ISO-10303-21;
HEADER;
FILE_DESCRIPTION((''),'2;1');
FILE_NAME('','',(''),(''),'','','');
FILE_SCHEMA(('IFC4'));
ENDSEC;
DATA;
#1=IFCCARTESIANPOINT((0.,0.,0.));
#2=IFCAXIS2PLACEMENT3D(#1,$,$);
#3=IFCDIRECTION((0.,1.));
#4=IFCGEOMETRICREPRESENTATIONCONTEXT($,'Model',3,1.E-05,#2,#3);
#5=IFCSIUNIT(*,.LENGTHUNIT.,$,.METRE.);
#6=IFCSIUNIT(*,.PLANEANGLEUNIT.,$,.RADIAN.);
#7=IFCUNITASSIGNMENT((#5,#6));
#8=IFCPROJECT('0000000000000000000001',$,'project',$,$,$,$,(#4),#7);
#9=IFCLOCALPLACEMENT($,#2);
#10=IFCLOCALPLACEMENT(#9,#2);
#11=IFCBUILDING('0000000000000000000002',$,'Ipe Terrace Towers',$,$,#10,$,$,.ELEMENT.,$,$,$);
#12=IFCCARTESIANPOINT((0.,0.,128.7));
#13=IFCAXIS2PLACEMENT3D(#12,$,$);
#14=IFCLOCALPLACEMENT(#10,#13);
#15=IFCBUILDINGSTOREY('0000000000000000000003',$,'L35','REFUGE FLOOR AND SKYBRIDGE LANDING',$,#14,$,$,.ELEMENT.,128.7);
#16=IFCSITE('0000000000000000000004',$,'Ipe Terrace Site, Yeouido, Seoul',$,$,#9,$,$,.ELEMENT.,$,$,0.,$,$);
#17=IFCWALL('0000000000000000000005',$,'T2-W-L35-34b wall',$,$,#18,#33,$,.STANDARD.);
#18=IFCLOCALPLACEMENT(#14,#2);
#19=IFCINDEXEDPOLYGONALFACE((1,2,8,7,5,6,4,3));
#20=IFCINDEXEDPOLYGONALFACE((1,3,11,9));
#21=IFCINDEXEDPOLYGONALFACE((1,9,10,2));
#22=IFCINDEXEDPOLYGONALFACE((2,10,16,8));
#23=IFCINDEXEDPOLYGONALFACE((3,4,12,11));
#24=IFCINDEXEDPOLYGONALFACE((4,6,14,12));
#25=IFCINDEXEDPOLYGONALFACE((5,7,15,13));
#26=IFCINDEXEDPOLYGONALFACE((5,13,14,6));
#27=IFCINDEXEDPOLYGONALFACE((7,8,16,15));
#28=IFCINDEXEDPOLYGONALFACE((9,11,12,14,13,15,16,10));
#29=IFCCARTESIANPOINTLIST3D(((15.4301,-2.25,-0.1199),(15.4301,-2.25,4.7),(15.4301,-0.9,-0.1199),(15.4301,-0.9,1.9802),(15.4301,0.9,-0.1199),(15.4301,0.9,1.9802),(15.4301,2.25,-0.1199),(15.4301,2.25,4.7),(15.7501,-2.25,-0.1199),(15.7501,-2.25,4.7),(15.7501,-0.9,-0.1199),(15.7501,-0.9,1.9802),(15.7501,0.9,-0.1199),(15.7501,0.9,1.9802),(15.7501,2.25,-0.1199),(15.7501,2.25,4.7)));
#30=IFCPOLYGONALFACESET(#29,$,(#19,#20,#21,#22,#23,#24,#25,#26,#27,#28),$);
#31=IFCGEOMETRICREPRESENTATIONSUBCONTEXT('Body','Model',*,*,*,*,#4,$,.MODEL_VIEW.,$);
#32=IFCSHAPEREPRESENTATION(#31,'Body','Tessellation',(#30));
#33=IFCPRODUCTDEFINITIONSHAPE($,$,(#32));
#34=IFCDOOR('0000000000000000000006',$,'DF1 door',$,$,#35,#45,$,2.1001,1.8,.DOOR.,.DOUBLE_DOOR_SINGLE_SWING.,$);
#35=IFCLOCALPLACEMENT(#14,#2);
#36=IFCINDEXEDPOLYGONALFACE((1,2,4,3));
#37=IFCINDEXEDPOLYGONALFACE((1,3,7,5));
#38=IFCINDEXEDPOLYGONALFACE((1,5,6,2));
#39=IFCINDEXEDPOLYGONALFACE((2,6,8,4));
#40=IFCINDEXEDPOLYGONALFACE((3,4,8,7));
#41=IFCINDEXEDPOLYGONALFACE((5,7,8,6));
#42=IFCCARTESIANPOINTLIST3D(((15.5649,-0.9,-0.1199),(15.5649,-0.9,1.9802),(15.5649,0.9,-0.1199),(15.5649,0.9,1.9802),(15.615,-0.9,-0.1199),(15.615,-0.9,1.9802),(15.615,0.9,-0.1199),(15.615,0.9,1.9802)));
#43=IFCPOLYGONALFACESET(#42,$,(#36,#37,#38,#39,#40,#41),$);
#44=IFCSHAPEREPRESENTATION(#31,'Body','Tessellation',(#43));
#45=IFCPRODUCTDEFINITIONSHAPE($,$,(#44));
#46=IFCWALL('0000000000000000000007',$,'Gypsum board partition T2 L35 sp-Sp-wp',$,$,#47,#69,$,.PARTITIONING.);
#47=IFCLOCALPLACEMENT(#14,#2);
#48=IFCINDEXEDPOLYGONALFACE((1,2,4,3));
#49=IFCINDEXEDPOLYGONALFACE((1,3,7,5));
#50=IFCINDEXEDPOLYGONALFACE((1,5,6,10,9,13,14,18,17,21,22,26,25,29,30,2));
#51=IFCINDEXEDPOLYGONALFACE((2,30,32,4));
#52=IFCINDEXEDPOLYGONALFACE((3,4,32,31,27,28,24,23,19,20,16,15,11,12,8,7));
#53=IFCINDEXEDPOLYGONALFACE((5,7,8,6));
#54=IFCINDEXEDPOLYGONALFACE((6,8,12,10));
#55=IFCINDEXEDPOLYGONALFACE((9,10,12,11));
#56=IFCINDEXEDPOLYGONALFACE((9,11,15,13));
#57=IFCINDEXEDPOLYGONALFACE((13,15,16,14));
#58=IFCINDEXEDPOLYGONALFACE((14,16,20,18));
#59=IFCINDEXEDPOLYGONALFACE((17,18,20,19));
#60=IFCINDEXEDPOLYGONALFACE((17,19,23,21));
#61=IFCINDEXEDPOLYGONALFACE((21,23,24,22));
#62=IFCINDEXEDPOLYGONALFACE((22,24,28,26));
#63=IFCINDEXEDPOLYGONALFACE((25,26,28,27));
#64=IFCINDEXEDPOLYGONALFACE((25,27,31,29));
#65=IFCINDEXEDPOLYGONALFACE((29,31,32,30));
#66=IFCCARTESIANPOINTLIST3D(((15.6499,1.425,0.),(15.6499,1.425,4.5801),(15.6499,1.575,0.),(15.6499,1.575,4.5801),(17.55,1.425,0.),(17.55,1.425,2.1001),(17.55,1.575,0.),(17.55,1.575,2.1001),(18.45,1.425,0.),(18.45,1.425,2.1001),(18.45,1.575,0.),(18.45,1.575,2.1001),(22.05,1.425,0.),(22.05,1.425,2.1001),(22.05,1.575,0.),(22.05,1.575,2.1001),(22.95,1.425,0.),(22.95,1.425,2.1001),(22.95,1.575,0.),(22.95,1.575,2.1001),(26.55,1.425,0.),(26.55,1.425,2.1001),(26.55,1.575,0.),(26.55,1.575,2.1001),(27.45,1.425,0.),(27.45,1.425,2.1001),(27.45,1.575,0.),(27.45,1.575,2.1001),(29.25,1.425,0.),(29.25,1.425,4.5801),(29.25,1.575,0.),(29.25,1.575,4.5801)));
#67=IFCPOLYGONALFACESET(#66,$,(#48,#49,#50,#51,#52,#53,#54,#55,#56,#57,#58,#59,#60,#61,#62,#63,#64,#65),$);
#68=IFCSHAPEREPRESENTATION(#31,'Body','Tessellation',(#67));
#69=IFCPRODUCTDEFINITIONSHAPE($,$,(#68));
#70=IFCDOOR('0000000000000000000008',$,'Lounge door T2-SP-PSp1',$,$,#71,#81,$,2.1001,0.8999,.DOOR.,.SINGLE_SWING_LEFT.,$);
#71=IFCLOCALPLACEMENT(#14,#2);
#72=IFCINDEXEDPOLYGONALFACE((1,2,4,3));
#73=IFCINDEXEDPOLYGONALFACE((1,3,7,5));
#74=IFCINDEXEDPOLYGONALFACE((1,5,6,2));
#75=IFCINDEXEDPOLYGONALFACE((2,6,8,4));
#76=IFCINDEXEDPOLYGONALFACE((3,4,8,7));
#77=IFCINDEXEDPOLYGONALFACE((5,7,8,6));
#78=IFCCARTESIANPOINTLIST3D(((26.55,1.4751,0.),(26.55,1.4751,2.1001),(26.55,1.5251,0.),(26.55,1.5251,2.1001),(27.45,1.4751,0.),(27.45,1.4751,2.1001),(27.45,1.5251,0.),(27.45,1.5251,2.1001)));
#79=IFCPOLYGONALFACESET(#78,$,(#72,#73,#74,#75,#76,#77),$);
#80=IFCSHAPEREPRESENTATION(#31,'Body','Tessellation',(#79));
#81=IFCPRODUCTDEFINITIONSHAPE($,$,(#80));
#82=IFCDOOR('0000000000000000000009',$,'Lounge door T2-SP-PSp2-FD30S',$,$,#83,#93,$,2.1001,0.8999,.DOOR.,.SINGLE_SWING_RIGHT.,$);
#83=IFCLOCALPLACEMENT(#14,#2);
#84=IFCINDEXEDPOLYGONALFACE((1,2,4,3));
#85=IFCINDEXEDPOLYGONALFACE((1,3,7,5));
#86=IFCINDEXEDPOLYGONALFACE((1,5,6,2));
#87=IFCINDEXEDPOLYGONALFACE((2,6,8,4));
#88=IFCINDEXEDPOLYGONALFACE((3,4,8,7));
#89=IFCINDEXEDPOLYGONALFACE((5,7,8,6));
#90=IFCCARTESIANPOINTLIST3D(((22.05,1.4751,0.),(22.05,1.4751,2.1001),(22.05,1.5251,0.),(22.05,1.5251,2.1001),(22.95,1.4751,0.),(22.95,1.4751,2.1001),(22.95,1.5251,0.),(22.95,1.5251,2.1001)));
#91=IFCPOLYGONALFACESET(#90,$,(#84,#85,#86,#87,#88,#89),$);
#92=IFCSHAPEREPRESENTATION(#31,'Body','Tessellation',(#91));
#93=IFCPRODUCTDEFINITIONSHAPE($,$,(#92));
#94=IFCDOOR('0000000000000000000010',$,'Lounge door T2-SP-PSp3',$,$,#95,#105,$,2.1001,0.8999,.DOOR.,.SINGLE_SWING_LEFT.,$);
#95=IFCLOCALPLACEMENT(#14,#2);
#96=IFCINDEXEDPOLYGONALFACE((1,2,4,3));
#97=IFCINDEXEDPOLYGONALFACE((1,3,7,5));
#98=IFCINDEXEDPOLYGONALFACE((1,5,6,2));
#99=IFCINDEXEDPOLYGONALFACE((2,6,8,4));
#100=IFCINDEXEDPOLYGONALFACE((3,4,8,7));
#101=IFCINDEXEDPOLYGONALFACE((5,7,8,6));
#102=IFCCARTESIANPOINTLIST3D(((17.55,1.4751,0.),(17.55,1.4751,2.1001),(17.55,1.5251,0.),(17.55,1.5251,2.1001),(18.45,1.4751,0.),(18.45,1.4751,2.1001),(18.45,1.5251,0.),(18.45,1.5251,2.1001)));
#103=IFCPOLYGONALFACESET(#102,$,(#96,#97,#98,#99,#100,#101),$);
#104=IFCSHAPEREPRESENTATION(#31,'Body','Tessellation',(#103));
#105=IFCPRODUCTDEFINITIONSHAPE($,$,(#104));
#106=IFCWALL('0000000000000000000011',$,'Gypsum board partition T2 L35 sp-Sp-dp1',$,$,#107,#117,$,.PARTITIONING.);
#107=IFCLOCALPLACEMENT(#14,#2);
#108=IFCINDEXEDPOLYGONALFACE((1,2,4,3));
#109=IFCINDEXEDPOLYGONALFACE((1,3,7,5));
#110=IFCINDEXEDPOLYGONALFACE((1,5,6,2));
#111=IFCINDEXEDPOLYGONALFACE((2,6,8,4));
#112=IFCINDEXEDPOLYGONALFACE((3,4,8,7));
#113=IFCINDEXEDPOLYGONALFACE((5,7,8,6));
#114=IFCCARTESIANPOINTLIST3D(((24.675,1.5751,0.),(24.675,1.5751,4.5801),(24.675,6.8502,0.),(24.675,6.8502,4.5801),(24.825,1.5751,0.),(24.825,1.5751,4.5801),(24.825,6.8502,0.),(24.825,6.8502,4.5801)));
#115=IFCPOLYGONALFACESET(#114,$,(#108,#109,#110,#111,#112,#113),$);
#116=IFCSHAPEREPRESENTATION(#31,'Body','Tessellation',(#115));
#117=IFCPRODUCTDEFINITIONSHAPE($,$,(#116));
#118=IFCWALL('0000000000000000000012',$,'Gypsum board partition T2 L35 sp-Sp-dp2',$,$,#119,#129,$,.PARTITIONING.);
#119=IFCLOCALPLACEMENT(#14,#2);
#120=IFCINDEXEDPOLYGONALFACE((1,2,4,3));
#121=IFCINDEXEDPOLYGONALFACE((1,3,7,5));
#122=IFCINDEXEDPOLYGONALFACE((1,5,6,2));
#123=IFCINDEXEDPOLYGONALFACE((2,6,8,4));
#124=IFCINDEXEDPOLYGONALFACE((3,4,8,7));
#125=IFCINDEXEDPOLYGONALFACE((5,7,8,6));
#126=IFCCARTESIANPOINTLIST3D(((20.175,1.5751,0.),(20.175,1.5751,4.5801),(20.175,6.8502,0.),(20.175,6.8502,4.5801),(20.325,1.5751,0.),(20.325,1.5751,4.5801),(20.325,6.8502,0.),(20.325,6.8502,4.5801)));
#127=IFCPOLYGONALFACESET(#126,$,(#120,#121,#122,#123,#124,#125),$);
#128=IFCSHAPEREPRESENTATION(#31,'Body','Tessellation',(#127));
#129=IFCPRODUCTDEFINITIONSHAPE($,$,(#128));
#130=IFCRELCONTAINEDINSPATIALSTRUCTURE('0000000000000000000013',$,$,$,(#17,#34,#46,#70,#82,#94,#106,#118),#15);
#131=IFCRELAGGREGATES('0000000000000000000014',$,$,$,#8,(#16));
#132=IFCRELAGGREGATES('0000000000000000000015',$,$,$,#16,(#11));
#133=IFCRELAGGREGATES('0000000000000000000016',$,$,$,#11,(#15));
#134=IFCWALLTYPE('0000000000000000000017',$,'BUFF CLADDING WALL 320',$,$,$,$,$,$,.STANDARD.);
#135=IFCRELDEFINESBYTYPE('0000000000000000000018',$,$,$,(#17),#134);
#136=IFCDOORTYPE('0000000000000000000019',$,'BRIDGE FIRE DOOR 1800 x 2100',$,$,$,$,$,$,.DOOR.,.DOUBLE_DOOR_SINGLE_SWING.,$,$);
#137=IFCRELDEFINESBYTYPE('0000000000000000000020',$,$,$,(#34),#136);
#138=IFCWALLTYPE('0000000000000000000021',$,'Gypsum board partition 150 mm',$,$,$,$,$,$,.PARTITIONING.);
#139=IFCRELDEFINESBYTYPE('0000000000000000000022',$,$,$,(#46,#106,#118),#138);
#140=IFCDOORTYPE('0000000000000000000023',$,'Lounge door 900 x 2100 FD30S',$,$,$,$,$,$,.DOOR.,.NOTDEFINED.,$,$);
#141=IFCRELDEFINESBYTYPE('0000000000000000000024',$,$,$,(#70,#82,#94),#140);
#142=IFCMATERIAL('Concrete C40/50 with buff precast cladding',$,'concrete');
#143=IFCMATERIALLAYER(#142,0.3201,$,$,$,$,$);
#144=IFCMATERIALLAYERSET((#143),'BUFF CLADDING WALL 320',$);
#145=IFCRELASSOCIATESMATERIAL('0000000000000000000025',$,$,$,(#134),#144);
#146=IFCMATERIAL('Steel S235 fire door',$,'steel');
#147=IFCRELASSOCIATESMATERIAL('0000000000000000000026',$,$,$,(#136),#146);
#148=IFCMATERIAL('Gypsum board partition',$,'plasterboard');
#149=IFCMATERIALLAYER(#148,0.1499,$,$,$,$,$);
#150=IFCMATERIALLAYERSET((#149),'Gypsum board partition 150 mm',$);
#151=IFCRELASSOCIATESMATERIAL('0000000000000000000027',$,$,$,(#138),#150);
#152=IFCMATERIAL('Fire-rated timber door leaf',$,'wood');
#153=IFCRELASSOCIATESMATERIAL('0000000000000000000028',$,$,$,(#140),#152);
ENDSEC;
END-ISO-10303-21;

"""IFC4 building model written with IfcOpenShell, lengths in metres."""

from ifc_helpers import new_model, si_unit, direction, frame, frame_2d, origin, place, context, subcontext, project, spatial, rectangle, extrude, material, layer, layer_set, type_object, element, fill, save


model = new_model("IFC4")

# Units and contexts
model_context = context("Model", 3, precision=1e-05, world=origin(), true_north=direction((0.0, 1.0)))
body_context = subcontext(model_context, "Body", "Model", "MODEL_VIEW")
ifc_project = project(units=[si_unit("LENGTHUNIT", "METRE"), si_unit("PLANEANGLEUNIT", "RADIAN")], contexts=[model_context])

# Site, building, storey
site_placement = place(None, origin())
site = spatial("IfcSite", under=ifc_project, at=site_placement, Name="Ipe Terrace Site, Yeouido, Seoul", CompositionType="ELEMENT", RefElevation=0.0)
building_placement = place(site_placement, origin())
building = spatial("IfcBuilding", under=site, at=building_placement, Name="Ipe Terrace Towers", CompositionType="ELEMENT")
storey_placement = place(building_placement, frame((0.0, 0.0, 128.7)))
storey = spatial("IfcBuildingStorey", under=building, at=storey_placement, Name="L35", Description="REFUGE FLOOR AND SKYBRIDGE LANDING", CompositionType="ELEMENT", Elevation=128.7)

# Shared definitions
ifc_material_1 = material(Name="Concrete C40/50 with buff precast cladding", Category="concrete")
ifc_layer_1 = layer(ifc_material_1, 0.3201)
ifc_layer_set_1 = layer_set([ifc_layer_1], Name="BUFF CLADDING WALL 320")
wall_type_1 = type_object("IfcWallType", Name="BUFF CLADDING WALL 320", PredefinedType="STANDARD", material=ifc_layer_set_1)

# Wall, opening, door
wall_1_placement = place(storey_placement, frame((15.5901, 2.25, -0.1199), z_axis=(0.0, 0.0, 1.0), x_axis=(0.0, -1.0, 0.0)))
wall_1 = element("IfcWall", 1, at=wall_1_placement, inside=storey, type_object=wall_type_1, Name="T2-W-L35-34b wall", PredefinedType="STANDARD", context=body_context, shape_type="SweptSolid", body=[
    extrude(rectangle(XDim=4.5, YDim=0.3201, at=frame_2d((2.25, 0.0))), origin(), (0.0, 0.0, 1.0), 4.8198),
])
opening_1_placement = place(wall_1_placement, frame((1.3501, 0.0, 0.0)))
opening_1 = element("IfcOpeningElement", 2, at=opening_1_placement, cuts=wall_1, PredefinedType="OPENING", context=body_context, shape_type="SweptSolid", body=[
    extrude(rectangle(XDim=1.8, YDim=2.1001, at=frame_2d((0.8999, 1.05))), frame((0.0, 0.1699, 0.0), z_axis=(0.0, -1.0, 0.0), x_axis=(1.0, 0.0, 0.0)), (0.0, 0.0, 1.0), 0.3401),
])
ifc_material_2 = material(Name="Steel S235 fire door", Category="steel")
door_type_1 = type_object("IfcDoorType", Name="BRIDGE FIRE DOOR 1800 x 2100", OperationType="DOUBLE_DOOR_SINGLE_SWING", PredefinedType="DOOR", material=ifc_material_2)
door_1_placement = place(opening_1_placement, origin())
door_1 = element("IfcDoor", 3, at=door_1_placement, inside=storey, type_object=door_type_1, Name="DF1 door", OperationType="DOUBLE_DOOR_SINGLE_SWING", OverallHeight=2.1001, OverallWidth=1.8, PredefinedType="DOOR", context=body_context, shape_type="SweptSolid", body=[
    extrude(rectangle(XDim=1.8, YDim=2.1001, at=frame_2d((0.8999, 1.05))), frame((0.0, 0.0249, 0.0), z_axis=(0.0, -1.0, 0.0), x_axis=(1.0, 0.0, 0.0)), (0.0, 0.0, 1.0), 0.05),
])
fill(opening_1, door_1)

# Wall, openings, doors
ifc_material_3 = material(Name="Gypsum board partition", Category="plasterboard")
ifc_layer_2 = layer(ifc_material_3, 0.1499)
ifc_layer_set_2 = layer_set([ifc_layer_2], Name="Gypsum board partition 150 mm")
wall_type_2 = type_object("IfcWallType", Name="Gypsum board partition 150 mm", PredefinedType="PARTITIONING", material=ifc_layer_set_2)
wall_2_placement = place(storey_placement, frame((29.25, 1.5, 0.0), z_axis=(0.0, 0.0, 1.0), x_axis=(-1.0, 0.0, 0.0)))
wall_2 = element("IfcWall", 4, at=wall_2_placement, inside=storey, type_object=wall_type_2, Name="Gypsum board partition T2 L35 sp-Sp-wp", PredefinedType="PARTITIONING", context=body_context, shape_type="SweptSolid", body=[
    extrude(rectangle(XDim=13.6001, YDim=0.1499, at=frame_2d((6.8, 0.0))), origin(), (0.0, 0.0, 1.0), 4.5801),
])
opening_2_placement = place(wall_2_placement, frame((1.8, 0.0, 0.0)))
opening_2 = element("IfcOpeningElement", 5, at=opening_2_placement, cuts=wall_2, PredefinedType="OPENING", context=body_context, shape_type="SweptSolid", body=[
    extrude(rectangle(XDim=0.8999, YDim=2.1001, at=frame_2d((0.45, 1.05))), frame((0.0, 0.085, 0.0), z_axis=(0.0, -1.0, 0.0), x_axis=(1.0, 0.0, 0.0)), (0.0, 0.0, 1.0), 0.1699),
])
opening_3_placement = place(wall_2_placement, frame((6.3, 0.0, 0.0)))
opening_3 = element("IfcOpeningElement", 6, at=opening_3_placement, cuts=wall_2, PredefinedType="OPENING", context=body_context, shape_type="SweptSolid", body=[
    extrude(rectangle(XDim=0.8999, YDim=2.1001, at=frame_2d((0.45, 1.05))), frame((0.0, 0.085, 0.0), z_axis=(0.0, -1.0, 0.0), x_axis=(1.0, 0.0, 0.0)), (0.0, 0.0, 1.0), 0.1699),
])
opening_4_placement = place(wall_2_placement, frame((10.8, 0.0, 0.0)))
opening_4 = element("IfcOpeningElement", 7, at=opening_4_placement, cuts=wall_2, PredefinedType="OPENING", context=body_context, shape_type="SweptSolid", body=[
    extrude(rectangle(XDim=0.8999, YDim=2.1001, at=frame_2d((0.45, 1.05))), frame((0.0, 0.085, 0.0), z_axis=(0.0, -1.0, 0.0), x_axis=(1.0, 0.0, 0.0)), (0.0, 0.0, 1.0), 0.1699),
])
ifc_material_4 = material(Name="Fire-rated timber door leaf", Category="wood")
door_type_2 = type_object("IfcDoorType", Name="Lounge door 900 x 2100 FD30S", OperationType="NOTDEFINED", PredefinedType="DOOR", material=ifc_material_4)
door_2_placement = place(opening_2_placement, origin())
door_2 = element("IfcDoor", 8, at=door_2_placement, inside=storey, type_object=door_type_2, Name="Lounge door T2-SP-PSp1", OperationType="SINGLE_SWING_LEFT", OverallHeight=2.1001, OverallWidth=0.8999, PredefinedType="DOOR", context=body_context, shape_type="SweptSolid", body=[
    extrude(rectangle(XDim=0.8999, YDim=2.1001, at=frame_2d((0.45, 1.05))), frame((0.0, 0.0249, 0.0), z_axis=(0.0, -1.0, 0.0), x_axis=(1.0, 0.0, 0.0)), (0.0, 0.0, 1.0), 0.05),
])
fill(opening_2, door_2)
door_3_placement = place(opening_3_placement, origin())
door_3 = element("IfcDoor", 9, at=door_3_placement, inside=storey, type_object=door_type_2, Name="Lounge door T2-SP-PSp2-FD30S", OperationType="SINGLE_SWING_RIGHT", OverallHeight=2.1001, OverallWidth=0.8999, PredefinedType="DOOR", context=body_context, shape_type="SweptSolid", body=[
    extrude(rectangle(XDim=0.8999, YDim=2.1001, at=frame_2d((0.45, 1.05))), frame((0.0, 0.0249, 0.0), z_axis=(0.0, -1.0, 0.0), x_axis=(1.0, 0.0, 0.0)), (0.0, 0.0, 1.0), 0.05),
])
fill(opening_3, door_3)
door_4_placement = place(opening_4_placement, origin())
door_4 = element("IfcDoor", 10, at=door_4_placement, inside=storey, type_object=door_type_2, Name="Lounge door T2-SP-PSp3", OperationType="SINGLE_SWING_LEFT", OverallHeight=2.1001, OverallWidth=0.8999, PredefinedType="DOOR", context=body_context, shape_type="SweptSolid", body=[
    extrude(rectangle(XDim=0.8999, YDim=2.1001, at=frame_2d((0.45, 1.05))), frame((0.0, 0.0249, 0.0), z_axis=(0.0, -1.0, 0.0), x_axis=(1.0, 0.0, 0.0)), (0.0, 0.0, 1.0), 0.05),
])
fill(opening_4, door_4)

# Walls
for number, where, z_axis, x_axis, name in (
    (11, (24.75, 1.575, 0.0), (0.0, 0.0, 1.0), (0.0, 1.0, 0.0), "Gypsum board partition T2 L35 sp-Sp-dp1"),
    (12, (20.25, 1.575, 0.0), (0.0, 0.0, 1.0), (0.0, 1.0, 0.0), "Gypsum board partition T2 L35 sp-Sp-dp2"),
):
    element("IfcWall", number, at=place(storey_placement, frame(where, z_axis=z_axis, x_axis=x_axis)), inside=storey, type_object=wall_type_2, Name=name, PredefinedType="PARTITIONING", context=body_context, shape_type="SweptSolid", body=[
        extrude(rectangle(XDim=5.2751, YDim=0.1499, at=frame_2d((2.6377, 0.0))), origin(), (0.0, 0.0, 1.0), 4.5801),
    ])

save(model, "model.ifc")
